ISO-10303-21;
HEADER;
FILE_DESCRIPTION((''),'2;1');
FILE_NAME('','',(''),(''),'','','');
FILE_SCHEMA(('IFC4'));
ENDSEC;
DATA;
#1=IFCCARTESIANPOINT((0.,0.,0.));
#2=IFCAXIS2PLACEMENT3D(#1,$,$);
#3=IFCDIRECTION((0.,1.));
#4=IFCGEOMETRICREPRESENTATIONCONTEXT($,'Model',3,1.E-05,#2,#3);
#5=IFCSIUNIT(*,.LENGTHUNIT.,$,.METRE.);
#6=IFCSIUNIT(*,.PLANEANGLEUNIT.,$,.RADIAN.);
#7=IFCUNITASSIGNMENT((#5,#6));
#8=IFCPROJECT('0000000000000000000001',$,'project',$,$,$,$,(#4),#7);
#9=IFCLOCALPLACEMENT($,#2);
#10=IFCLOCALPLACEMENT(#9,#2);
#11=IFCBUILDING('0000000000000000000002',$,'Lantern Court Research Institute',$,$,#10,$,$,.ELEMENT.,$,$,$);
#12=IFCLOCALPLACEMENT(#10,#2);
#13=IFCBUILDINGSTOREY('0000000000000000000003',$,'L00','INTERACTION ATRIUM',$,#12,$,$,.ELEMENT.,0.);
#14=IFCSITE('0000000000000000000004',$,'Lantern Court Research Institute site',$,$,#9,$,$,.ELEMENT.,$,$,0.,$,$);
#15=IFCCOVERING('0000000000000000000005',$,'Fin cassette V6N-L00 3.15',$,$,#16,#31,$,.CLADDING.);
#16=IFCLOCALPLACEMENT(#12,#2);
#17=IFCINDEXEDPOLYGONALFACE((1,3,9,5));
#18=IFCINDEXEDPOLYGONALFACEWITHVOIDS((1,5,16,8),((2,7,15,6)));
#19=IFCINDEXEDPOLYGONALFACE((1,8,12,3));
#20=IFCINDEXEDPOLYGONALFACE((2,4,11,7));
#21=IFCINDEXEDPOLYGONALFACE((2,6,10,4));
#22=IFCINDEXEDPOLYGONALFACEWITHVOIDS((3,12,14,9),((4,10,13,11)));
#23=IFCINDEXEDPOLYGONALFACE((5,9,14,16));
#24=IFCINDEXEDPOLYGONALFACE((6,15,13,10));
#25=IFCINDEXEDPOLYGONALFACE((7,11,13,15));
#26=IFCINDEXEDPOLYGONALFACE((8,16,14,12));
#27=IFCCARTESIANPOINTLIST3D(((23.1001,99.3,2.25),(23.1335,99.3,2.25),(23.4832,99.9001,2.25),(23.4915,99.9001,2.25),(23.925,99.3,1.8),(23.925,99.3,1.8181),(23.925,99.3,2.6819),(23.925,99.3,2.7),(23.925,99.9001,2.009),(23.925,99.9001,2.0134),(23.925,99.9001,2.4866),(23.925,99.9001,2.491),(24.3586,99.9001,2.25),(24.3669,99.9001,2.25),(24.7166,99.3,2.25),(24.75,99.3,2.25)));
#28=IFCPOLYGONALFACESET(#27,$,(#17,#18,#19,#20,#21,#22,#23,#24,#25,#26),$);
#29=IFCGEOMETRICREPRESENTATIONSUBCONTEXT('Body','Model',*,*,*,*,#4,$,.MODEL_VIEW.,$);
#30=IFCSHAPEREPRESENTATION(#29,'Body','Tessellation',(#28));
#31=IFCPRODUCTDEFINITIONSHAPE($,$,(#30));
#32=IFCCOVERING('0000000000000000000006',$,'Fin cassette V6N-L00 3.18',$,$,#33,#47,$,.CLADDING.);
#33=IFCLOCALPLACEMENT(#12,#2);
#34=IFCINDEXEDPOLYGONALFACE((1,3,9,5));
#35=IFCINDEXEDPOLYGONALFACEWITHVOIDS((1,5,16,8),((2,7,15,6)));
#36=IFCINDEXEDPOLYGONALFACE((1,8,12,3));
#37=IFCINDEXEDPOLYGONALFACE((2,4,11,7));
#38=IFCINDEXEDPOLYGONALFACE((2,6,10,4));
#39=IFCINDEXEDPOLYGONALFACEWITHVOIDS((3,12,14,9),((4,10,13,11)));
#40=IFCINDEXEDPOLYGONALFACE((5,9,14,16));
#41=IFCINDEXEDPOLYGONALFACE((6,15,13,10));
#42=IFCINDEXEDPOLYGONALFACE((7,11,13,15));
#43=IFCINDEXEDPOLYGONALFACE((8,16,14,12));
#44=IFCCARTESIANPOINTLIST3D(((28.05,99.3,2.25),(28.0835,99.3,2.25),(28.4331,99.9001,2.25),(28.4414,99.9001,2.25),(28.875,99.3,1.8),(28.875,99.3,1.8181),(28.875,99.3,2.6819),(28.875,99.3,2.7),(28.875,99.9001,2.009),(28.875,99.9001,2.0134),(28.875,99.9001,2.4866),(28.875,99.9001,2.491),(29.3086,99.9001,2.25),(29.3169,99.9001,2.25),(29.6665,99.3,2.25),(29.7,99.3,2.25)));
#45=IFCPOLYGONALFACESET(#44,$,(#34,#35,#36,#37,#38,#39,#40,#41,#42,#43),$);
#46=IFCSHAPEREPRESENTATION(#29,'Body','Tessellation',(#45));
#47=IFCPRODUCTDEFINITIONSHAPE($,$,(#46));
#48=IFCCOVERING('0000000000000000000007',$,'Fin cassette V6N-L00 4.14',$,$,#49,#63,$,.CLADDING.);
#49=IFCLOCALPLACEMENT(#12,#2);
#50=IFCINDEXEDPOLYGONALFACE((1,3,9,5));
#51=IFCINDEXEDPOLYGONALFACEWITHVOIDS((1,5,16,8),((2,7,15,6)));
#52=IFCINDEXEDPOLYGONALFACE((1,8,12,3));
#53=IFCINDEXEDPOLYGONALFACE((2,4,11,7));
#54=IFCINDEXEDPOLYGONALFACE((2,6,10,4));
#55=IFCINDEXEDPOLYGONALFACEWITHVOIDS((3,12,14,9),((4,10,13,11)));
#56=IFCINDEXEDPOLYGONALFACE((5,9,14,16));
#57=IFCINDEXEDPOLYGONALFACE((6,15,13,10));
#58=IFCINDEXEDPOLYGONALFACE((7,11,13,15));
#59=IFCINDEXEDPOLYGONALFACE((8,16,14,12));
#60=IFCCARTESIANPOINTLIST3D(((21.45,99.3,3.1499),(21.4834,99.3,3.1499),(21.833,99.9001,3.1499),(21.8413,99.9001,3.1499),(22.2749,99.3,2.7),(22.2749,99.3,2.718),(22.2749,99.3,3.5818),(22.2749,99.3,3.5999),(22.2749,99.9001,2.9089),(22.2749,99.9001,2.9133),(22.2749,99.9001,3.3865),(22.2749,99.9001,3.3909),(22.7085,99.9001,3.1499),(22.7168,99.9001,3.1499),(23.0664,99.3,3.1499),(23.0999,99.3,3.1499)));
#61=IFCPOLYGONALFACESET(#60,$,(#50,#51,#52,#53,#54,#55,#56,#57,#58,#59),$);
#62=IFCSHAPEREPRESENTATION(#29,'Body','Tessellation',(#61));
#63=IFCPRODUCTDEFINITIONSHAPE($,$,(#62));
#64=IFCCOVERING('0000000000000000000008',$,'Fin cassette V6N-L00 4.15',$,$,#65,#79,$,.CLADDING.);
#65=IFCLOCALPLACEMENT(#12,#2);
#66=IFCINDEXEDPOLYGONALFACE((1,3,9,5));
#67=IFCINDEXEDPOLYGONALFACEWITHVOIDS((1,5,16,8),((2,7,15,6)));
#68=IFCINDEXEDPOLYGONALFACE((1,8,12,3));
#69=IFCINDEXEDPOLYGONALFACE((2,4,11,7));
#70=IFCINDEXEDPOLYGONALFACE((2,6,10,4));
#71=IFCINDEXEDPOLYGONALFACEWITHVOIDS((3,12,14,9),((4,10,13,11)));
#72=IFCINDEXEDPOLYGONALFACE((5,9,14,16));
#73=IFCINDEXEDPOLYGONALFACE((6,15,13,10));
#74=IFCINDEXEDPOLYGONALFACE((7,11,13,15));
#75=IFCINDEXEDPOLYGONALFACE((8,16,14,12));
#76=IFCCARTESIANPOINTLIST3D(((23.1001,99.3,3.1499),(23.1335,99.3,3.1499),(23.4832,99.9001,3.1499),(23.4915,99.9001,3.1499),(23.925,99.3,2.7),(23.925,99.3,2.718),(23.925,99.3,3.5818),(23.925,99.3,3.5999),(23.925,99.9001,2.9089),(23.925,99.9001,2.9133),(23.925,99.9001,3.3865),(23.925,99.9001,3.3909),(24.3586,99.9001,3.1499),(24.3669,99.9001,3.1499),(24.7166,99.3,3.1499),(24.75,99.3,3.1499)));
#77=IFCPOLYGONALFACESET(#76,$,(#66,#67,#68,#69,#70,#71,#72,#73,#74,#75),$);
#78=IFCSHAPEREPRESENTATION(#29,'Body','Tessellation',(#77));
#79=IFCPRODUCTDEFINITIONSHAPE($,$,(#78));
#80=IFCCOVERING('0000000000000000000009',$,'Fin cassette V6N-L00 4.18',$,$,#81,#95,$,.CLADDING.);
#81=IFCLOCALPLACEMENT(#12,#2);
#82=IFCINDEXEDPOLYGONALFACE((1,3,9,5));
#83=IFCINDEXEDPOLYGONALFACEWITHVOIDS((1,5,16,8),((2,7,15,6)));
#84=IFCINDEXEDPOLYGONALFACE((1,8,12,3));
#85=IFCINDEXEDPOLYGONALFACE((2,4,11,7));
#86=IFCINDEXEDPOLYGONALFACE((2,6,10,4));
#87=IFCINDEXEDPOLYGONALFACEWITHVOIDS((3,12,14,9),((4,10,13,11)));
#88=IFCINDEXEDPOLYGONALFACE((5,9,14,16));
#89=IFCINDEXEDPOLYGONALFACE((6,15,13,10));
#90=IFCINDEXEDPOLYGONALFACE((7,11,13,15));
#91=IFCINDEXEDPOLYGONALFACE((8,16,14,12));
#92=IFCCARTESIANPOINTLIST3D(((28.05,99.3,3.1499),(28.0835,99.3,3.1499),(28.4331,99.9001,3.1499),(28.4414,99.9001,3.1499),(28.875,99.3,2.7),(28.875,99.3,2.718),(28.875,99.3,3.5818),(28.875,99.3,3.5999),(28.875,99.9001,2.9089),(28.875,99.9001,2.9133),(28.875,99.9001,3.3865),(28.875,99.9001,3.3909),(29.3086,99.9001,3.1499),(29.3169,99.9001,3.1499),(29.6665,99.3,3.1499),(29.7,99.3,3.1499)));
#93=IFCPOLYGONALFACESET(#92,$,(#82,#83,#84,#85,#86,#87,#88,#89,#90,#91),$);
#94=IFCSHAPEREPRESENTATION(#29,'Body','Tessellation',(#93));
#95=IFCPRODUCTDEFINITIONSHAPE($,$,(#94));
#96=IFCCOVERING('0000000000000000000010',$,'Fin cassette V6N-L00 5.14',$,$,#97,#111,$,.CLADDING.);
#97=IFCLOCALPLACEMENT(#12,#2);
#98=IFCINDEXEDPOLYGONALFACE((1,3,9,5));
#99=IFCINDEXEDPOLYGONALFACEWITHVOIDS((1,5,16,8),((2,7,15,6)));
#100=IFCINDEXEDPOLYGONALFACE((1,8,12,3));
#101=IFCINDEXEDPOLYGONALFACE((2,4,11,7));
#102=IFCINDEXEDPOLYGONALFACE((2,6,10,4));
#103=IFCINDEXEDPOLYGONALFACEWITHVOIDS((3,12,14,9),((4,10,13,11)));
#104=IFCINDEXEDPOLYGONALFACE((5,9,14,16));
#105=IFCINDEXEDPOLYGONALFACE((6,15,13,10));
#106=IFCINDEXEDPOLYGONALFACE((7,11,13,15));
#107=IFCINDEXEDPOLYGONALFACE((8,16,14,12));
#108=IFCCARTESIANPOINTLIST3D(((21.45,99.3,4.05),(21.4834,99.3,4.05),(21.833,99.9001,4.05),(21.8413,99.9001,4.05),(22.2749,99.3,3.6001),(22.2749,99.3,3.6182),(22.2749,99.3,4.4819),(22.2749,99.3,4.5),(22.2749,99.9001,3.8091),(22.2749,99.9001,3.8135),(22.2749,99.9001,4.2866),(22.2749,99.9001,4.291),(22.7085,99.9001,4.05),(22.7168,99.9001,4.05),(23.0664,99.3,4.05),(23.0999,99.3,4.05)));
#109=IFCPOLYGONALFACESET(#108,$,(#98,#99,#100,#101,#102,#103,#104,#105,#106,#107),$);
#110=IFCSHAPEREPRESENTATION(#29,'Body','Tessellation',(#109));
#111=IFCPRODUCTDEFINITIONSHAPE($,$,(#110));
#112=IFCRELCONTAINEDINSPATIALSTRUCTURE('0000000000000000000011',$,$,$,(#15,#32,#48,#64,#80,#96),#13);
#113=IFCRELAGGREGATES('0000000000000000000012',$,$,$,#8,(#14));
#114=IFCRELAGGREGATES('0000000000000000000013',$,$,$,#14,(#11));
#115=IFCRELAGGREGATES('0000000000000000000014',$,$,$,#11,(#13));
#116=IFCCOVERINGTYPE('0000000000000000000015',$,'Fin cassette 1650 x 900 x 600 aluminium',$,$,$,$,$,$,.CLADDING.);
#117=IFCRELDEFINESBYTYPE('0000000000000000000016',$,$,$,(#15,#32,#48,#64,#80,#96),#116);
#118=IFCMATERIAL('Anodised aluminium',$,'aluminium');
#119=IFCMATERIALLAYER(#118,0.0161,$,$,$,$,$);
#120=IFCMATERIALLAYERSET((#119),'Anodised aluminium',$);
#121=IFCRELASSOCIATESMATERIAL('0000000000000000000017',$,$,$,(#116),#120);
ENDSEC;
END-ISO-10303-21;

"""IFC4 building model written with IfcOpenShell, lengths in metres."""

from ifc_helpers import new_model, entity, si_unit, direction, frame, origin, place, context, subcontext, project, spatial, material, layer, layer_set, type_object, element, save


model = new_model("IFC4")

# Units and contexts
model_context = context("Model", 3, precision=1e-05, world=origin(), true_north=direction((0.0, 1.0)))
body_context = subcontext(model_context, "Body", "Model", "MODEL_VIEW")
ifc_project = project(units=[si_unit("LENGTHUNIT", "METRE"), si_unit("PLANEANGLEUNIT", "RADIAN")], contexts=[model_context])

# Site, building, storey
site_placement = place(None, origin())
site = spatial("IfcSite", under=ifc_project, at=site_placement, Name="Lantern Court Research Institute site", CompositionType="ELEMENT", RefElevation=0.0)
building_placement = place(site_placement, origin())
building = spatial("IfcBuilding", under=site, at=building_placement, Name="Lantern Court Research Institute", CompositionType="ELEMENT")
storey_placement = place(building_placement, origin())
storey = spatial("IfcBuildingStorey", under=building, at=storey_placement, Name="L00", Description="INTERACTION ATRIUM", CompositionType="ELEMENT", Elevation=0.0)

# Coverings
ifc_material_1 = material(Name="Anodised aluminium", Category="aluminium")
ifc_layer_1 = layer(ifc_material_1, 0.0161)
ifc_layer_set_1 = layer_set([ifc_layer_1], Name="Anodised aluminium")
covering_type_1 = type_object("IfcCoveringType", Name="Fin cassette 1650 x 900 x 600 aluminium", PredefinedType="CLADDING", material=ifc_layer_set_1)
covering_1_placement = place(storey_placement, frame((23.925, 99.3, 2.25), z_axis=(0.0, 1.0, 0.0), x_axis=(-1.0, 0.0, 0.0)))
cartesian_point_1 = entity("IfcCartesianPoint", [0.825, 0.0])
cartesian_point_2 = entity("IfcCartesianPoint", [0.7915, 0.0])
cartesian_point_3 = entity("IfcCartesianPoint", [0.4419, 0.0])
cartesian_point_4 = entity("IfcCartesianPoint", [0.4336, 0.0])
element("IfcCovering", 1, at=covering_1_placement, inside=storey, type_object=covering_type_1, Name="Fin cassette V6N-L00 3.15", PredefinedType="CLADDING", context=body_context, shape_type="SweptSolid", body=[
    entity("IfcExtrudedAreaSolidTapered", entity("IfcArbitraryProfileDefWithVoids", "AREA", None, entity("IfcPolyline", [cartesian_point_1, entity("IfcCartesianPoint", [0.0, 0.45]), entity("IfcCartesianPoint", [-0.825, 0.0]), entity("IfcCartesianPoint", [0.0, -0.45]), cartesian_point_1]), [entity("IfcPolyline", [cartesian_point_2, entity("IfcCartesianPoint", [0.0, 0.4319]), entity("IfcCartesianPoint", [-0.7915, 0.0]), entity("IfcCartesianPoint", [0.0, -0.4319]), cartesian_point_2])]), entity("IfcAxis2Placement3D", entity("IfcCartesianPoint", [0.0, 0.0, 0.0])), entity("IfcDirection", [0.0, 0.0, 1.0]), 0.6001, entity("IfcArbitraryProfileDefWithVoids", "AREA", None, entity("IfcPolyline", [cartesian_point_3, entity("IfcCartesianPoint", [0.0, 0.241]), entity("IfcCartesianPoint", [-0.4419, 0.0]), entity("IfcCartesianPoint", [0.0, -0.241]), cartesian_point_3]), [entity("IfcPolyline", [cartesian_point_4, entity("IfcCartesianPoint", [0.0, 0.2366]), entity("IfcCartesianPoint", [-0.4336, 0.0]), entity("IfcCartesianPoint", [0.0, -0.2366]), cartesian_point_4])])),
])
covering_2_placement = place(storey_placement, frame((28.875, 99.3, 2.25), z_axis=(0.0, 1.0, 0.0), x_axis=(-1.0, 0.0, 0.0)))
cartesian_point_5 = entity("IfcCartesianPoint", [0.825, 0.0])
cartesian_point_6 = entity("IfcCartesianPoint", [0.7915, 0.0])
cartesian_point_7 = entity("IfcCartesianPoint", [0.4419, 0.0])
cartesian_point_8 = entity("IfcCartesianPoint", [0.4336, 0.0])
element("IfcCovering", 2, at=covering_2_placement, inside=storey, type_object=covering_type_1, Name="Fin cassette V6N-L00 3.18", PredefinedType="CLADDING", context=body_context, shape_type="SweptSolid", body=[
    entity("IfcExtrudedAreaSolidTapered", entity("IfcArbitraryProfileDefWithVoids", "AREA", None, entity("IfcPolyline", [cartesian_point_5, entity("IfcCartesianPoint", [0.0, 0.45]), entity("IfcCartesianPoint", [-0.825, 0.0]), entity("IfcCartesianPoint", [0.0, -0.45]), cartesian_point_5]), [entity("IfcPolyline", [cartesian_point_6, entity("IfcCartesianPoint", [0.0, 0.4319]), entity("IfcCartesianPoint", [-0.7915, 0.0]), entity("IfcCartesianPoint", [0.0, -0.4319]), cartesian_point_6])]), entity("IfcAxis2Placement3D", entity("IfcCartesianPoint", [0.0, 0.0, 0.0])), entity("IfcDirection", [0.0, 0.0, 1.0]), 0.6001, entity("IfcArbitraryProfileDefWithVoids", "AREA", None, entity("IfcPolyline", [cartesian_point_7, entity("IfcCartesianPoint", [0.0, 0.241]), entity("IfcCartesianPoint", [-0.4419, 0.0]), entity("IfcCartesianPoint", [0.0, -0.241]), cartesian_point_7]), [entity("IfcPolyline", [cartesian_point_8, entity("IfcCartesianPoint", [0.0, 0.2366]), entity("IfcCartesianPoint", [-0.4336, 0.0]), entity("IfcCartesianPoint", [0.0, -0.2366]), cartesian_point_8])])),
])
covering_3_placement = place(storey_placement, frame((22.2749, 99.3, 3.1499), z_axis=(0.0, 1.0, 0.0), x_axis=(-1.0, 0.0, 0.0)))
cartesian_point_9 = entity("IfcCartesianPoint", [0.825, 0.0])
cartesian_point_10 = entity("IfcCartesianPoint", [0.7915, 0.0])
cartesian_point_11 = entity("IfcCartesianPoint", [0.4419, 0.0])
cartesian_point_12 = entity("IfcCartesianPoint", [0.4336, 0.0])
element("IfcCovering", 3, at=covering_3_placement, inside=storey, type_object=covering_type_1, Name="Fin cassette V6N-L00 4.14", PredefinedType="CLADDING", context=body_context, shape_type="SweptSolid", body=[
    entity("IfcExtrudedAreaSolidTapered", entity("IfcArbitraryProfileDefWithVoids", "AREA", None, entity("IfcPolyline", [cartesian_point_9, entity("IfcCartesianPoint", [0.0, 0.45]), entity("IfcCartesianPoint", [-0.825, 0.0]), entity("IfcCartesianPoint", [0.0, -0.45]), cartesian_point_9]), [entity("IfcPolyline", [cartesian_point_10, entity("IfcCartesianPoint", [0.0, 0.4319]), entity("IfcCartesianPoint", [-0.7915, 0.0]), entity("IfcCartesianPoint", [0.0, -0.4319]), cartesian_point_10])]), entity("IfcAxis2Placement3D", entity("IfcCartesianPoint", [0.0, 0.0, 0.0])), entity("IfcDirection", [0.0, 0.0, 1.0]), 0.6001, entity("IfcArbitraryProfileDefWithVoids", "AREA", None, entity("IfcPolyline", [cartesian_point_11, entity("IfcCartesianPoint", [0.0, 0.241]), entity("IfcCartesianPoint", [-0.4419, 0.0]), entity("IfcCartesianPoint", [0.0, -0.241]), cartesian_point_11]), [entity("IfcPolyline", [cartesian_point_12, entity("IfcCartesianPoint", [0.0, 0.2366]), entity("IfcCartesianPoint", [-0.4336, 0.0]), entity("IfcCartesianPoint", [0.0, -0.2366]), cartesian_point_12])])),
])
covering_4_placement = place(storey_placement, frame((23.925, 99.3, 3.1499), z_axis=(0.0, 1.0, 0.0), x_axis=(-1.0, 0.0, 0.0)))
cartesian_point_13 = entity("IfcCartesianPoint", [0.825, 0.0])
cartesian_point_14 = entity("IfcCartesianPoint", [0.7915, 0.0])
cartesian_point_15 = entity("IfcCartesianPoint", [0.4419, 0.0])
cartesian_point_16 = entity("IfcCartesianPoint", [0.4336, 0.0])
element("IfcCovering", 4, at=covering_4_placement, inside=storey, type_object=covering_type_1, Name="Fin cassette V6N-L00 4.15", PredefinedType="CLADDING", context=body_context, shape_type="SweptSolid", body=[
    entity("IfcExtrudedAreaSolidTapered", entity("IfcArbitraryProfileDefWithVoids", "AREA", None, entity("IfcPolyline", [cartesian_point_13, entity("IfcCartesianPoint", [0.0, 0.45]), entity("IfcCartesianPoint", [-0.825, 0.0]), entity("IfcCartesianPoint", [0.0, -0.45]), cartesian_point_13]), [entity("IfcPolyline", [cartesian_point_14, entity("IfcCartesianPoint", [0.0, 0.4319]), entity("IfcCartesianPoint", [-0.7915, 0.0]), entity("IfcCartesianPoint", [0.0, -0.4319]), cartesian_point_14])]), entity("IfcAxis2Placement3D", entity("IfcCartesianPoint", [0.0, 0.0, 0.0])), entity("IfcDirection", [0.0, 0.0, 1.0]), 0.6001, entity("IfcArbitraryProfileDefWithVoids", "AREA", None, entity("IfcPolyline", [cartesian_point_15, entity("IfcCartesianPoint", [0.0, 0.241]), entity("IfcCartesianPoint", [-0.4419, 0.0]), entity("IfcCartesianPoint", [0.0, -0.241]), cartesian_point_15]), [entity("IfcPolyline", [cartesian_point_16, entity("IfcCartesianPoint", [0.0, 0.2366]), entity("IfcCartesianPoint", [-0.4336, 0.0]), entity("IfcCartesianPoint", [0.0, -0.2366]), cartesian_point_16])])),
])
covering_5_placement = place(storey_placement, frame((28.875, 99.3, 3.1499), z_axis=(0.0, 1.0, 0.0), x_axis=(-1.0, 0.0, 0.0)))
cartesian_point_17 = entity("IfcCartesianPoint", [0.825, 0.0])
cartesian_point_18 = entity("IfcCartesianPoint", [0.7915, 0.0])
cartesian_point_19 = entity("IfcCartesianPoint", [0.4419, 0.0])
cartesian_point_20 = entity("IfcCartesianPoint", [0.4336, 0.0])
element("IfcCovering", 5, at=covering_5_placement, inside=storey, type_object=covering_type_1, Name="Fin cassette V6N-L00 4.18", PredefinedType="CLADDING", context=body_context, shape_type="SweptSolid", body=[
    entity("IfcExtrudedAreaSolidTapered", entity("IfcArbitraryProfileDefWithVoids", "AREA", None, entity("IfcPolyline", [cartesian_point_17, entity("IfcCartesianPoint", [0.0, 0.45]), entity("IfcCartesianPoint", [-0.825, 0.0]), entity("IfcCartesianPoint", [0.0, -0.45]), cartesian_point_17]), [entity("IfcPolyline", [cartesian_point_18, entity("IfcCartesianPoint", [0.0, 0.4319]), entity("IfcCartesianPoint", [-0.7915, 0.0]), entity("IfcCartesianPoint", [0.0, -0.4319]), cartesian_point_18])]), entity("IfcAxis2Placement3D", entity("IfcCartesianPoint", [0.0, 0.0, 0.0])), entity("IfcDirection", [0.0, 0.0, 1.0]), 0.6001, entity("IfcArbitraryProfileDefWithVoids", "AREA", None, entity("IfcPolyline", [cartesian_point_19, entity("IfcCartesianPoint", [0.0, 0.241]), entity("IfcCartesianPoint", [-0.4419, 0.0]), entity("IfcCartesianPoint", [0.0, -0.241]), cartesian_point_19]), [entity("IfcPolyline", [cartesian_point_20, entity("IfcCartesianPoint", [0.0, 0.2366]), entity("IfcCartesianPoint", [-0.4336, 0.0]), entity("IfcCartesianPoint", [0.0, -0.2366]), cartesian_point_20])])),
])
covering_6_placement = place(storey_placement, frame((22.2749, 99.3, 4.05), z_axis=(0.0, 1.0, 0.0), x_axis=(-1.0, 0.0, 0.0)))
cartesian_point_21 = entity("IfcCartesianPoint", [0.825, 0.0])
cartesian_point_22 = entity("IfcCartesianPoint", [0.7915, 0.0])
cartesian_point_23 = entity("IfcCartesianPoint", [0.4419, 0.0])
cartesian_point_24 = entity("IfcCartesianPoint", [0.4336, 0.0])
element("IfcCovering", 6, at=covering_6_placement, inside=storey, type_object=covering_type_1, Name="Fin cassette V6N-L00 5.14", PredefinedType="CLADDING", context=body_context, shape_type="SweptSolid", body=[
    entity("IfcExtrudedAreaSolidTapered", entity("IfcArbitraryProfileDefWithVoids", "AREA", None, entity("IfcPolyline", [cartesian_point_21, entity("IfcCartesianPoint", [0.0, 0.45]), entity("IfcCartesianPoint", [-0.825, 0.0]), entity("IfcCartesianPoint", [0.0, -0.45]), cartesian_point_21]), [entity("IfcPolyline", [cartesian_point_22, entity("IfcCartesianPoint", [0.0, 0.4319]), entity("IfcCartesianPoint", [-0.7915, 0.0]), entity("IfcCartesianPoint", [0.0, -0.4319]), cartesian_point_22])]), entity("IfcAxis2Placement3D", entity("IfcCartesianPoint", [0.0, 0.0, 0.0])), entity("IfcDirection", [0.0, 0.0, 1.0]), 0.6001, entity("IfcArbitraryProfileDefWithVoids", "AREA", None, entity("IfcPolyline", [cartesian_point_23, entity("IfcCartesianPoint", [0.0, 0.241]), entity("IfcCartesianPoint", [-0.4419, 0.0]), entity("IfcCartesianPoint", [0.0, -0.241]), cartesian_point_23]), [entity("IfcPolyline", [cartesian_point_24, entity("IfcCartesianPoint", [0.0, 0.2366]), entity("IfcCartesianPoint", [-0.4336, 0.0]), entity("IfcCartesianPoint", [0.0, -0.2366]), cartesian_point_24])])),
])

save(model, "model.ifc")
